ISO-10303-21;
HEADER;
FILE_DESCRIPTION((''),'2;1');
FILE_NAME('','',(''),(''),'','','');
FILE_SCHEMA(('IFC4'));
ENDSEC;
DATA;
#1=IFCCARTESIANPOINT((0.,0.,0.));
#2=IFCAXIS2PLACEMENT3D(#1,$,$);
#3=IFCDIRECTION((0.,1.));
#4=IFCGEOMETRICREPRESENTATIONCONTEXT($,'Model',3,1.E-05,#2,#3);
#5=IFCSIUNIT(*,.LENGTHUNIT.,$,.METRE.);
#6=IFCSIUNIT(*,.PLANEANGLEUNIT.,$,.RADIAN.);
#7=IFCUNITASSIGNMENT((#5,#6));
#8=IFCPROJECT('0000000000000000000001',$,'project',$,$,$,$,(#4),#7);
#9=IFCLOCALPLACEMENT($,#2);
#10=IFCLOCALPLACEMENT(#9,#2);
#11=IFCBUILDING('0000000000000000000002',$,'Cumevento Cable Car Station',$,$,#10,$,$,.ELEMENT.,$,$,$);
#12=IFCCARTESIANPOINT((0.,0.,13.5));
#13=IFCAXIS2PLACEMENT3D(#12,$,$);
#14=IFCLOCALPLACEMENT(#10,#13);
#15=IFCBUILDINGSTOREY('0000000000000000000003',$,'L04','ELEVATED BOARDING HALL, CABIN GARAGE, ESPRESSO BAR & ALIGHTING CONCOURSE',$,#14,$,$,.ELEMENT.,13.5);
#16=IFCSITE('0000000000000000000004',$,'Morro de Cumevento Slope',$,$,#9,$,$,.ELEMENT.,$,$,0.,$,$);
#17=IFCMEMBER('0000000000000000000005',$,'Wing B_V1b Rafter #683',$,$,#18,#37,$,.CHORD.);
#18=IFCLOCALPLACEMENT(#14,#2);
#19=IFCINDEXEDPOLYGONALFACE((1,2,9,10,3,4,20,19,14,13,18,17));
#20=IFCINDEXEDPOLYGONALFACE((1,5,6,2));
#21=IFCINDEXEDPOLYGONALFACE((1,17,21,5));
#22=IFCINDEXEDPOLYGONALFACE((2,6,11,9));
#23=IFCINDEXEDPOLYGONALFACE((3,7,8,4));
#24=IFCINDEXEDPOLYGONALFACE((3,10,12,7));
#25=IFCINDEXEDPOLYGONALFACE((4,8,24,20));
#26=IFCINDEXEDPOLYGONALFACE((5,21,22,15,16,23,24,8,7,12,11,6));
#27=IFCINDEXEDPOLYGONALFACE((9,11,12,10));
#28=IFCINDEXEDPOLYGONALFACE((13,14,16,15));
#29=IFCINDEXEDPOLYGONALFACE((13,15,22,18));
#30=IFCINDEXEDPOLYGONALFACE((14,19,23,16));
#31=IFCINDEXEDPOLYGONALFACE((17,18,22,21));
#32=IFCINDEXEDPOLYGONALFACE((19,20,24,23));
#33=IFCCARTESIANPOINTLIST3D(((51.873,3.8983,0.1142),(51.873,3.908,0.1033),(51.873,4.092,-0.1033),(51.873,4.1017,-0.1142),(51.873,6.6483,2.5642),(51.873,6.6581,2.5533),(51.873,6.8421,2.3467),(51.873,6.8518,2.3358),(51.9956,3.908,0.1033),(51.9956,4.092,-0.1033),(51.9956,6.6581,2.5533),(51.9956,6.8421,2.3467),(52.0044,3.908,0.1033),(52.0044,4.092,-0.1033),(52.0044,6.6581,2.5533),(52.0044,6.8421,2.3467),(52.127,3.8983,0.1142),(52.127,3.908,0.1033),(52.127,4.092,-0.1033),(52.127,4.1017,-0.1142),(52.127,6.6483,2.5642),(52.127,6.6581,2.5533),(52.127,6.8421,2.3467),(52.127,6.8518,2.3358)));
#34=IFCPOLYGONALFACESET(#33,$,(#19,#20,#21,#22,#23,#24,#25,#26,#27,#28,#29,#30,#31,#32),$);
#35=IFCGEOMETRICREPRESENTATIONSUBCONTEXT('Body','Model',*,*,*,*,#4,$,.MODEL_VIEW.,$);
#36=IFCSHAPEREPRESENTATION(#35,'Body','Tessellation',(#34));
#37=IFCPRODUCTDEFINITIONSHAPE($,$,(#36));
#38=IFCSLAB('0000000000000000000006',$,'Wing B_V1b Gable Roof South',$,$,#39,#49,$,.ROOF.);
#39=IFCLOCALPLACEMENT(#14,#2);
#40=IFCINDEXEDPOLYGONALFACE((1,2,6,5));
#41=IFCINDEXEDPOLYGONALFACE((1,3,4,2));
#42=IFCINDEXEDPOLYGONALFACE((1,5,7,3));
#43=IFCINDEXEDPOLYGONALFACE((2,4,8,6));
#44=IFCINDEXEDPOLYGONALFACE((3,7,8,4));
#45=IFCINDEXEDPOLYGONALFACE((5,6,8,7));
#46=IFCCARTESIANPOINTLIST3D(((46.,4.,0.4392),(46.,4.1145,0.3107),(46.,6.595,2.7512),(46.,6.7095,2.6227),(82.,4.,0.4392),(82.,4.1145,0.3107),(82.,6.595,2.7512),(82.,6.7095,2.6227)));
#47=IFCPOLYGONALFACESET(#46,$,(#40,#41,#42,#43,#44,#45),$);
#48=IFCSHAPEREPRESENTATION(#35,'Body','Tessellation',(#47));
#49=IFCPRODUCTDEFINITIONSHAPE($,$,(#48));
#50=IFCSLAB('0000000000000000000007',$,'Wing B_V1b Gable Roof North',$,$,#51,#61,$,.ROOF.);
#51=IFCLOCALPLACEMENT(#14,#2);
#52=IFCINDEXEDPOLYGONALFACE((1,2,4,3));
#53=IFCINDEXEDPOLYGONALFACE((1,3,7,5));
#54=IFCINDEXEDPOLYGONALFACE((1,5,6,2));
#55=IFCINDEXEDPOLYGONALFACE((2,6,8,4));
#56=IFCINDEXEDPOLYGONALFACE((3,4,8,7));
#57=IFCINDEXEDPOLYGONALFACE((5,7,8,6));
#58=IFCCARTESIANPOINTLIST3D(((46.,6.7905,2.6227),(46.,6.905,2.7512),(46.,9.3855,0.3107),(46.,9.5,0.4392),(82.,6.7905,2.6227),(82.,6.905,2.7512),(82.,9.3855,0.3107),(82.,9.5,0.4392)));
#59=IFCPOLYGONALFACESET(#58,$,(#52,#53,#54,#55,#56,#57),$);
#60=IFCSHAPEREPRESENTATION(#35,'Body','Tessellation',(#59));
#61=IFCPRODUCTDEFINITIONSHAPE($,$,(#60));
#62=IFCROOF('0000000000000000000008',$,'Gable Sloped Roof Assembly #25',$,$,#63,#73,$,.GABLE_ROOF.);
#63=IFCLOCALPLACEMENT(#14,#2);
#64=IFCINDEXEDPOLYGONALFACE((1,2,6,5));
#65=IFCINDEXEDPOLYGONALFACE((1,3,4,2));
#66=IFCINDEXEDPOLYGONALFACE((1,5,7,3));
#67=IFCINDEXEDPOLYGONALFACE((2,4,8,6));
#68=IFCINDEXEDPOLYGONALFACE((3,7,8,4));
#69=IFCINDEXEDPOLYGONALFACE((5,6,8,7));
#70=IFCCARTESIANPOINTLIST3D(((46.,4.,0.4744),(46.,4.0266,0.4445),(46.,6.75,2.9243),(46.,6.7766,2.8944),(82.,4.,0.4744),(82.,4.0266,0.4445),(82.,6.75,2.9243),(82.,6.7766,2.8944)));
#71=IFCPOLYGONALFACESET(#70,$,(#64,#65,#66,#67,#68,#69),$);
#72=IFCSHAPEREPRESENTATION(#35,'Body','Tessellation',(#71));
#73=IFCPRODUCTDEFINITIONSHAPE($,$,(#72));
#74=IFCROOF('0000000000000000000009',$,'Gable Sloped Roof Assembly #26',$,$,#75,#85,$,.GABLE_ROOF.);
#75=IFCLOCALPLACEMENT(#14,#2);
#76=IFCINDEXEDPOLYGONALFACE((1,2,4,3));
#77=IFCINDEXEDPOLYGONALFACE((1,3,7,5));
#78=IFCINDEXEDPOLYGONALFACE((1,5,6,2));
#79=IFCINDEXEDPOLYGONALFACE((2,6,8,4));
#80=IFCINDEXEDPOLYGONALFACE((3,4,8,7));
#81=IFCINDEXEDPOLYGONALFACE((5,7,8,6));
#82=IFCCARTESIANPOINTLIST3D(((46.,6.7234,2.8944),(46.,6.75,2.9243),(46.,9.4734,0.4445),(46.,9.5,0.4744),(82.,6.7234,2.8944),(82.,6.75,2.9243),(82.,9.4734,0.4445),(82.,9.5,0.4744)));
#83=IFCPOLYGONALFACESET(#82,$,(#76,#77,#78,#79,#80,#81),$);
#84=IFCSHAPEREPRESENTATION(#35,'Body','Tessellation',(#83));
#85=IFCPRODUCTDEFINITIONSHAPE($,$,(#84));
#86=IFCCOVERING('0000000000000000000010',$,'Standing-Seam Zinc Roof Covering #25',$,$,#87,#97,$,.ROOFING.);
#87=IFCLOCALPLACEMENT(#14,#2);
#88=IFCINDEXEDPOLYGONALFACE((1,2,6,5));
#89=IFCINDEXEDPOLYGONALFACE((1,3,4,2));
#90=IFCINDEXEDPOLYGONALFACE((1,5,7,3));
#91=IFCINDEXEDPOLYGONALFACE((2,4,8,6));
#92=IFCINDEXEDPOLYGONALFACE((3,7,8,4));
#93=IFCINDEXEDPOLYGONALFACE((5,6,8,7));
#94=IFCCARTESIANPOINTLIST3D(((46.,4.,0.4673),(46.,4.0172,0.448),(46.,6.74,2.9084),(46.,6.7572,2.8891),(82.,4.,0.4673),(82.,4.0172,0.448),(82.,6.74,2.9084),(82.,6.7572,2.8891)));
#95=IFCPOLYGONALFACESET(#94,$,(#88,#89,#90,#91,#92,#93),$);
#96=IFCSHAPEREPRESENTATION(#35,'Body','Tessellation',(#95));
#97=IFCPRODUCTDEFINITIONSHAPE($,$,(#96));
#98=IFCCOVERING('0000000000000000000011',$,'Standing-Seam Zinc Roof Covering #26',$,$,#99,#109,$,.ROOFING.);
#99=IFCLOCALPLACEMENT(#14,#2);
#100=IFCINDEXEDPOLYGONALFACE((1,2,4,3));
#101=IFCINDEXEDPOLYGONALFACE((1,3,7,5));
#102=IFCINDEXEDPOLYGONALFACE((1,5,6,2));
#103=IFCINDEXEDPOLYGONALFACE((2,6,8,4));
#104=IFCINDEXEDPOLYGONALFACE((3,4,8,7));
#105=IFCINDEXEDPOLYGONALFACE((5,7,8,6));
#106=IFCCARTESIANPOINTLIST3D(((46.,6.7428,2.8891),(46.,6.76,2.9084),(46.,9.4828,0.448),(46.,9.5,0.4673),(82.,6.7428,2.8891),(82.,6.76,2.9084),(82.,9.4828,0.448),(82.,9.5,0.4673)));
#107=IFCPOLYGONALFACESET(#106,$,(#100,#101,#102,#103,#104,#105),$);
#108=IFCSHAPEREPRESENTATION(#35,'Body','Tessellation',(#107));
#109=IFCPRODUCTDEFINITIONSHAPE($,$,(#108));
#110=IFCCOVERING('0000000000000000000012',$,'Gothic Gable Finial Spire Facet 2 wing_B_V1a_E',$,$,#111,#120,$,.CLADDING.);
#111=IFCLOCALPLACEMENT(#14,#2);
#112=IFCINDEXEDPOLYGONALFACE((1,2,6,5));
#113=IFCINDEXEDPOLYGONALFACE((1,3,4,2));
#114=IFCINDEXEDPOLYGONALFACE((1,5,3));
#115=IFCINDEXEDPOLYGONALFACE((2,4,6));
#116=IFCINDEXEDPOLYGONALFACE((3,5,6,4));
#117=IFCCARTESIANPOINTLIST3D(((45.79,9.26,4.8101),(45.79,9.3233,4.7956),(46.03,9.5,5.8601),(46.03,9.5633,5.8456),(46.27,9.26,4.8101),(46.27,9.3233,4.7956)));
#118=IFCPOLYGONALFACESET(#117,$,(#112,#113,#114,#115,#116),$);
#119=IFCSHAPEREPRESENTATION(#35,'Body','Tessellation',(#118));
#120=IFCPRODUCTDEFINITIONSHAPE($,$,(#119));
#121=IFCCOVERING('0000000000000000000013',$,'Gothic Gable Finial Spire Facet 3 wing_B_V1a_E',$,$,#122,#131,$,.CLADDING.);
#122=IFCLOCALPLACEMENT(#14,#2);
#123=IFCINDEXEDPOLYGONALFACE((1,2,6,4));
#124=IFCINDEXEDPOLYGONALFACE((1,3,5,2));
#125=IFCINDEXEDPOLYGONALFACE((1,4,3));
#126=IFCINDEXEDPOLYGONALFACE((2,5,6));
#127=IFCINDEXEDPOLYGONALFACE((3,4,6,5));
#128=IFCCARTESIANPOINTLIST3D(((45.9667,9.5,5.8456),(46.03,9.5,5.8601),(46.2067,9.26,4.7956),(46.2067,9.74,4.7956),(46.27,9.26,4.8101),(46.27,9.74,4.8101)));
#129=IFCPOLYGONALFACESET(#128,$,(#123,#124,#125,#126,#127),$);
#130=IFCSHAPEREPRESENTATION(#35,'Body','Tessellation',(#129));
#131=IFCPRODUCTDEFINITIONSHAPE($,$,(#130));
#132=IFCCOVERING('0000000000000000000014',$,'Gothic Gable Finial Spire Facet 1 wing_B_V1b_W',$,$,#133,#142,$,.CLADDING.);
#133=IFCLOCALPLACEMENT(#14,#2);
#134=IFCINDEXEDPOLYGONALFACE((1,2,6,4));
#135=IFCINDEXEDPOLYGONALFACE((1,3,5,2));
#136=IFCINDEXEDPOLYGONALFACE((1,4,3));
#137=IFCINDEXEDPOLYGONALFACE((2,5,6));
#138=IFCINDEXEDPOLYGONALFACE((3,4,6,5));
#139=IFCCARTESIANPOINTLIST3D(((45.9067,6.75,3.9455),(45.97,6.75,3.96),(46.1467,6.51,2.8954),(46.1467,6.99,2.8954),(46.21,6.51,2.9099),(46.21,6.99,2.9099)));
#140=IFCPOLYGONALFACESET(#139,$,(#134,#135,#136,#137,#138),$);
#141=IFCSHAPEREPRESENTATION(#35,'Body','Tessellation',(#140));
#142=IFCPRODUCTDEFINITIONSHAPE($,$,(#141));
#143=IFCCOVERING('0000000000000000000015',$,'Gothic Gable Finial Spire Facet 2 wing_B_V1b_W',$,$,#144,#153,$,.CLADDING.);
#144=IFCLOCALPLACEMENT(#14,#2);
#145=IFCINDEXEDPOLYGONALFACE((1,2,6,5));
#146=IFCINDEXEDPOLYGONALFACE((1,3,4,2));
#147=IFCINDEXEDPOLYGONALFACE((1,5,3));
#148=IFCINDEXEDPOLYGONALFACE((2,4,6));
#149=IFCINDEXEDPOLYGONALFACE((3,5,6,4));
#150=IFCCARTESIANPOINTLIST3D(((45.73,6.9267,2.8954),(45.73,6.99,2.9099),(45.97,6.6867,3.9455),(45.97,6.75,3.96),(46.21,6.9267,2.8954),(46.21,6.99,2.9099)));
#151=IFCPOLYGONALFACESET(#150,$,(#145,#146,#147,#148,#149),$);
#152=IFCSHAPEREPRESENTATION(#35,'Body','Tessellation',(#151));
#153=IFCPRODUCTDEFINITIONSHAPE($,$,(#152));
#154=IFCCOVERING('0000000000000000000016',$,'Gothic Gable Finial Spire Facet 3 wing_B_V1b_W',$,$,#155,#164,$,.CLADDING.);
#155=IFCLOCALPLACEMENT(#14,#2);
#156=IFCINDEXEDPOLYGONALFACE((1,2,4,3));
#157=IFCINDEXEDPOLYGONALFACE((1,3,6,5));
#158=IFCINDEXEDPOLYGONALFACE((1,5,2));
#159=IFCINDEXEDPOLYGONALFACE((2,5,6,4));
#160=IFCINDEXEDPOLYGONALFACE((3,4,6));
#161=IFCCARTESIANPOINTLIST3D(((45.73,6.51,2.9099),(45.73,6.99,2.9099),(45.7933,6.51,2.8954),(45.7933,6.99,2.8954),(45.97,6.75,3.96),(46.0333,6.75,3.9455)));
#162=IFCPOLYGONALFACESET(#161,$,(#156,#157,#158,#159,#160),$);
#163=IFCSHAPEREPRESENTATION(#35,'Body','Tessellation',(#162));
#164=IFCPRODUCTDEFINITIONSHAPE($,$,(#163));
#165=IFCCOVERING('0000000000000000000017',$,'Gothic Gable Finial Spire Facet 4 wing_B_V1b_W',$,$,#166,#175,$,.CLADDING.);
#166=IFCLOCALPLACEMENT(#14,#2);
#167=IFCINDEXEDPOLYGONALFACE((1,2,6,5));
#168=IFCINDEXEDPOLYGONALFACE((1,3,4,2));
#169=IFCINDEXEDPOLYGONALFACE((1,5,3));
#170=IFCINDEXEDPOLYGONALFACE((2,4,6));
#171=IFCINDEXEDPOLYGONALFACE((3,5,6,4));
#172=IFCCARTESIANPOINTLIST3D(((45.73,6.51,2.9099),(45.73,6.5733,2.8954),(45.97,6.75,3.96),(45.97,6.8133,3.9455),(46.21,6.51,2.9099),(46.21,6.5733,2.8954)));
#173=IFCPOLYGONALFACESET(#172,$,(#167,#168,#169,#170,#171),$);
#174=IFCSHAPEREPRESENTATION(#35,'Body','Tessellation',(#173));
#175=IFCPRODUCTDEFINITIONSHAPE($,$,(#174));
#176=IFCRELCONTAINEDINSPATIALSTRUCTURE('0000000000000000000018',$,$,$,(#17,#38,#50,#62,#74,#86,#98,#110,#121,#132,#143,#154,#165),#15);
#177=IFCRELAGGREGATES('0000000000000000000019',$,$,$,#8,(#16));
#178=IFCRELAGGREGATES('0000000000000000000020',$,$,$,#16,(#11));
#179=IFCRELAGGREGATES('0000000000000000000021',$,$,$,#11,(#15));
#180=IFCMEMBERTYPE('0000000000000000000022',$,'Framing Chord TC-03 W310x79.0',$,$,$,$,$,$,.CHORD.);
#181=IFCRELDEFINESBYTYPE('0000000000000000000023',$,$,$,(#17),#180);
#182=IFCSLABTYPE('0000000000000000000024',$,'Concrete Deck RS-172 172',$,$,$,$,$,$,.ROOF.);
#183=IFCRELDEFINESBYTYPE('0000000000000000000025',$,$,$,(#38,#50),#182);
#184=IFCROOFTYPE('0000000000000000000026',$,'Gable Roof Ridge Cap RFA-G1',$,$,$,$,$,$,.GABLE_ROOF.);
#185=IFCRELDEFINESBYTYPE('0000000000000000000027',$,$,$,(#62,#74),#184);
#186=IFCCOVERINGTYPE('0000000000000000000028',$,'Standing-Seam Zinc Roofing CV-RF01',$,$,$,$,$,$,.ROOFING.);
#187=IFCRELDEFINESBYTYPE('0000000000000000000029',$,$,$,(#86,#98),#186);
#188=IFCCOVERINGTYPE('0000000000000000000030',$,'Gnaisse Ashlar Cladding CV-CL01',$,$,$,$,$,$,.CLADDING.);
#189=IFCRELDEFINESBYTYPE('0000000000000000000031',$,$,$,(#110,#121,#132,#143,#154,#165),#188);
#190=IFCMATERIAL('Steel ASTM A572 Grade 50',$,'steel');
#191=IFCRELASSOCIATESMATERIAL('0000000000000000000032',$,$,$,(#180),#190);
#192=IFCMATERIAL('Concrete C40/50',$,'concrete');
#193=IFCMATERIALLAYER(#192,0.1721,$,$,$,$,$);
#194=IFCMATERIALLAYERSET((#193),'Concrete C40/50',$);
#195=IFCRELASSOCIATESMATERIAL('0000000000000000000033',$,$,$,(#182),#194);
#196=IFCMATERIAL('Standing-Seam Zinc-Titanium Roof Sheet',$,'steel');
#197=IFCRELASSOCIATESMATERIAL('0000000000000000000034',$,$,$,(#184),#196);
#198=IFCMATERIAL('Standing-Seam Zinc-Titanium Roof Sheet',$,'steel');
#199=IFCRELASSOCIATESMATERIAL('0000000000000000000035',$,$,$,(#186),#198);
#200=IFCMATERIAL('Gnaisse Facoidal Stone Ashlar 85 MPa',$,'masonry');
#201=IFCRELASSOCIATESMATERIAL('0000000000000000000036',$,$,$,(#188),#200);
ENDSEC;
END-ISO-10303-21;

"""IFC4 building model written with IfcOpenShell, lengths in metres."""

from ifc_helpers import new_model, si_unit, direction, frame, origin, origin_2d, place, context, subcontext, project, spatial, polyline, i_section, outline, extrude, material, layer, layer_set, material_profile, profile_set, type_object, element, save


model = new_model("IFC4")

# Units and contexts
model_context = context("Model", 3, precision=1e-05, world=origin(), true_north=direction((0.0, 1.0)))
body_context = subcontext(model_context, "Body", "Model", "MODEL_VIEW")
ifc_project = project(units=[si_unit("LENGTHUNIT", "METRE"), si_unit("PLANEANGLEUNIT", "RADIAN")], contexts=[model_context])

# Site, building, storey
site_placement = place(None, origin())
site = spatial("IfcSite", under=ifc_project, at=site_placement, Name="Morro de Cumevento Slope", CompositionType="ELEMENT", RefElevation=0.0)
building_placement = place(site_placement, origin())
building = spatial("IfcBuilding", under=site, at=building_placement, Name="Cumevento Cable Car Station", CompositionType="ELEMENT")
storey_placement = place(building_placement, frame((0.0, 0.0, 13.5)))
storey = spatial("IfcBuildingStorey", under=building, at=storey_placement, Name="L04", Description="ELEVATED BOARDING HALL, CABIN GARAGE, ESPRESSO BAR & ALIGHTING CONCOURSE", CompositionType="ELEMENT", Elevation=13.5)

# Member
ifc_material_1 = material(Name="Steel ASTM A572 Grade 50", Category="steel")
ifc_material_profile = material_profile(ifc_material_1, i_section(OverallWidth=0.2539, OverallDepth=0.3059, WebThickness=0.0088, FlangeThickness=0.0146, at=origin_2d()), Name="W310x79.0")
ifc_profile_set = profile_set([ifc_material_profile], Name="Steel ASTM A572 Grade 50")
member_type = type_object("IfcMemberType", Name="Framing Chord TC-03 W310x79.0", PredefinedType="CHORD", material=ifc_profile_set)
member_placement = place(storey_placement, frame((52.0, 4.0, 0.0), z_axis=(0.0, 0.746666, 0.665199), x_axis=(-1.0, 0.0, 0.0)))
element("IfcMember", 1, at=member_placement, inside=storey, type_object=member_type, Name="Wing B_V1b Rafter #683", PredefinedType="CHORD", context=body_context, shape_type="SweptSolid", body=[
    extrude(i_section(OverallWidth=0.2539, OverallDepth=0.3059, WebThickness=0.0088, FlangeThickness=0.0146, at=origin_2d()), origin(), (0.0, 0.0, 1.0), 3.6831),
])

# Slabs
ifc_material_2 = material(Name="Concrete C40/50", Category="concrete")
ifc_layer = layer(ifc_material_2, 0.1721)
ifc_layer_set = layer_set([ifc_layer], Name="Concrete C40/50")
slab_type = type_object("IfcSlabType", Name="Concrete Deck RS-172 172", PredefinedType="ROOF", material=ifc_layer_set)
for number, where, z_axis, x_axis, name in (
    (2, (46.0, 4.0, 0.4392), (0.0, -0.665227, 0.746641), (1.0, 0.0, 0.0), "Wing B_V1b Gable Roof South"),
    (3, (46.0, 6.905, 2.7512), (0.0, 0.665227, 0.746641), (1.0, 0.0, 0.0), "Wing B_V1b Gable Roof North"),
):
    element("IfcSlab", number, at=place(storey_placement, frame(where, z_axis=z_axis, x_axis=x_axis)), inside=storey, type_object=slab_type, Name=name, PredefinedType="ROOF", context=body_context, shape_type="SweptSolid", body=[
        extrude(outline(polyline([(0.0, 0.0), (36.0, 0.0), (36.0, 3.4755), (0.0, 3.4755), (0.0, 0.0)])), origin(), (0.0, 0.0, -1.0), 0.1721),
    ])

# Roofs
ifc_material_3 = material(Name="Standing-Seam Zinc-Titanium Roof Sheet", Category="steel")
roof_type = type_object("IfcRoofType", Name="Gable Roof Ridge Cap RFA-G1", PredefinedType="GABLE_ROOF", material=ifc_material_3)
for number, where, z_axis, x_axis, name in (
    (4, (46.0, 4.0, 0.4744), (0.0, -0.665199, 0.746666), (1.0, 0.0, 0.0), "Gable Sloped Roof Assembly #25"),
    (5, (46.0, 6.75, 2.9243), (0.0, 0.665199, 0.746666), (1.0, 0.0, 0.0), "Gable Sloped Roof Assembly #26"),
):
    element("IfcRoof", number, at=place(storey_placement, frame(where, z_axis=z_axis, x_axis=x_axis)), inside=storey, type_object=roof_type, Name=name, PredefinedType="GABLE_ROOF", context=body_context, shape_type="SweptSolid", body=[
        extrude(outline(polyline([(0.0, 0.0), (36.0, 0.0), (36.0, 3.683), (0.0, 3.683), (0.0, 0.0)])), origin(), (0.0, 0.0, -1.0), 0.04),
    ])

# Coverings
ifc_material_4 = material(Name="Standing-Seam Zinc-Titanium Roof Sheet", Category="steel")
covering_type_1 = type_object("IfcCoveringType", Name="Standing-Seam Zinc Roofing CV-RF01", PredefinedType="ROOFING", material=ifc_material_4)
for number, where, z_axis, x_axis, name in (
    (6, (46.0, 4.0, 0.4673), (0.0, -0.665218, 0.746649), (1.0, 0.0, 0.0), "Standing-Seam Zinc Roof Covering #25"),
    (7, (46.0, 6.76, 2.9084), (0.0, 0.665218, 0.746649), (1.0, 0.0, 0.0), "Standing-Seam Zinc Roof Covering #26"),
):
    element("IfcCovering", number, at=place(storey_placement, frame(where, z_axis=z_axis, x_axis=x_axis)), inside=storey, type_object=covering_type_1, Name=name, PredefinedType="ROOFING", context=body_context, shape_type="SweptSolid", body=[
        extrude(outline(polyline([(0.0, 0.0), (36.0, 0.0), (36.0, 3.6697), (0.0, 3.6697), (0.0, 0.0)])), origin(), (0.0, 0.0, -1.0), 0.0259),
    ])
ifc_material_5 = material(Name="Gnaisse Facoidal Stone Ashlar 85 MPa", Category="masonry")
covering_type_2 = type_object("IfcCoveringType", Name="Gnaisse Ashlar Cladding CV-CL01", PredefinedType="CLADDING", material=ifc_material_5)
for number, where, z_axis, x_axis, name in (
    (8, (45.79, 9.26, 4.8101), (0.0, -0.974863, 0.222806), (1.0, 0.0, 0.0), "Gothic Gable Finial Spire Facet 2 wing_B_V1a_E"),
    (9, (46.27, 9.26, 4.8101), (0.974863, 0.0, 0.222806), (0.0, 1.0, 0.0), "Gothic Gable Finial Spire Facet 3 wing_B_V1a_E"),
):
    element("IfcCovering", number, at=place(storey_placement, frame(where, z_axis=z_axis, x_axis=x_axis)), inside=storey, type_object=covering_type_2, Name=name, PredefinedType="CLADDING", context=body_context, shape_type="SweptSolid", body=[
        extrude(outline(polyline([(0.0, 0.0), (0.48, 0.0), (0.24, 1.0771), (0.0, 0.0)])), origin(), (0.0, 0.0, -1.0), 0.0649),
    ])
for number, where, z_axis, x_axis, name in (
    (10, (46.21, 6.51, 2.9099), (0.974863, 0.0, 0.222806), (0.0, 1.0, 0.0), "Gothic Gable Finial Spire Facet 1 wing_B_V1b_W"),
    (11, (46.21, 6.99, 2.9099), (0.0, 0.974863, 0.222806), (-1.0, 0.0, 0.0), "Gothic Gable Finial Spire Facet 2 wing_B_V1b_W"),
    (12, (45.73, 6.99, 2.9099), (-0.974863, 0.0, 0.222806), (0.0, -1.0, 0.0), "Gothic Gable Finial Spire Facet 3 wing_B_V1b_W"),
    (13, (45.73, 6.51, 2.9099), (0.0, -0.974863, 0.222806), (1.0, 0.0, 0.0), "Gothic Gable Finial Spire Facet 4 wing_B_V1b_W"),
):
    element("IfcCovering", number, at=place(storey_placement, frame(where, z_axis=z_axis, x_axis=x_axis)), inside=storey, type_object=covering_type_2, Name=name, PredefinedType="CLADDING", context=body_context, shape_type="SweptSolid", body=[
        extrude(outline(polyline([(0.0, 0.0), (0.48, 0.0), (0.24, 1.0771), (0.0, 0.0)])), origin(), (0.0, 0.0, -1.0), 0.0649),
    ])

save(model, "model.ifc")
